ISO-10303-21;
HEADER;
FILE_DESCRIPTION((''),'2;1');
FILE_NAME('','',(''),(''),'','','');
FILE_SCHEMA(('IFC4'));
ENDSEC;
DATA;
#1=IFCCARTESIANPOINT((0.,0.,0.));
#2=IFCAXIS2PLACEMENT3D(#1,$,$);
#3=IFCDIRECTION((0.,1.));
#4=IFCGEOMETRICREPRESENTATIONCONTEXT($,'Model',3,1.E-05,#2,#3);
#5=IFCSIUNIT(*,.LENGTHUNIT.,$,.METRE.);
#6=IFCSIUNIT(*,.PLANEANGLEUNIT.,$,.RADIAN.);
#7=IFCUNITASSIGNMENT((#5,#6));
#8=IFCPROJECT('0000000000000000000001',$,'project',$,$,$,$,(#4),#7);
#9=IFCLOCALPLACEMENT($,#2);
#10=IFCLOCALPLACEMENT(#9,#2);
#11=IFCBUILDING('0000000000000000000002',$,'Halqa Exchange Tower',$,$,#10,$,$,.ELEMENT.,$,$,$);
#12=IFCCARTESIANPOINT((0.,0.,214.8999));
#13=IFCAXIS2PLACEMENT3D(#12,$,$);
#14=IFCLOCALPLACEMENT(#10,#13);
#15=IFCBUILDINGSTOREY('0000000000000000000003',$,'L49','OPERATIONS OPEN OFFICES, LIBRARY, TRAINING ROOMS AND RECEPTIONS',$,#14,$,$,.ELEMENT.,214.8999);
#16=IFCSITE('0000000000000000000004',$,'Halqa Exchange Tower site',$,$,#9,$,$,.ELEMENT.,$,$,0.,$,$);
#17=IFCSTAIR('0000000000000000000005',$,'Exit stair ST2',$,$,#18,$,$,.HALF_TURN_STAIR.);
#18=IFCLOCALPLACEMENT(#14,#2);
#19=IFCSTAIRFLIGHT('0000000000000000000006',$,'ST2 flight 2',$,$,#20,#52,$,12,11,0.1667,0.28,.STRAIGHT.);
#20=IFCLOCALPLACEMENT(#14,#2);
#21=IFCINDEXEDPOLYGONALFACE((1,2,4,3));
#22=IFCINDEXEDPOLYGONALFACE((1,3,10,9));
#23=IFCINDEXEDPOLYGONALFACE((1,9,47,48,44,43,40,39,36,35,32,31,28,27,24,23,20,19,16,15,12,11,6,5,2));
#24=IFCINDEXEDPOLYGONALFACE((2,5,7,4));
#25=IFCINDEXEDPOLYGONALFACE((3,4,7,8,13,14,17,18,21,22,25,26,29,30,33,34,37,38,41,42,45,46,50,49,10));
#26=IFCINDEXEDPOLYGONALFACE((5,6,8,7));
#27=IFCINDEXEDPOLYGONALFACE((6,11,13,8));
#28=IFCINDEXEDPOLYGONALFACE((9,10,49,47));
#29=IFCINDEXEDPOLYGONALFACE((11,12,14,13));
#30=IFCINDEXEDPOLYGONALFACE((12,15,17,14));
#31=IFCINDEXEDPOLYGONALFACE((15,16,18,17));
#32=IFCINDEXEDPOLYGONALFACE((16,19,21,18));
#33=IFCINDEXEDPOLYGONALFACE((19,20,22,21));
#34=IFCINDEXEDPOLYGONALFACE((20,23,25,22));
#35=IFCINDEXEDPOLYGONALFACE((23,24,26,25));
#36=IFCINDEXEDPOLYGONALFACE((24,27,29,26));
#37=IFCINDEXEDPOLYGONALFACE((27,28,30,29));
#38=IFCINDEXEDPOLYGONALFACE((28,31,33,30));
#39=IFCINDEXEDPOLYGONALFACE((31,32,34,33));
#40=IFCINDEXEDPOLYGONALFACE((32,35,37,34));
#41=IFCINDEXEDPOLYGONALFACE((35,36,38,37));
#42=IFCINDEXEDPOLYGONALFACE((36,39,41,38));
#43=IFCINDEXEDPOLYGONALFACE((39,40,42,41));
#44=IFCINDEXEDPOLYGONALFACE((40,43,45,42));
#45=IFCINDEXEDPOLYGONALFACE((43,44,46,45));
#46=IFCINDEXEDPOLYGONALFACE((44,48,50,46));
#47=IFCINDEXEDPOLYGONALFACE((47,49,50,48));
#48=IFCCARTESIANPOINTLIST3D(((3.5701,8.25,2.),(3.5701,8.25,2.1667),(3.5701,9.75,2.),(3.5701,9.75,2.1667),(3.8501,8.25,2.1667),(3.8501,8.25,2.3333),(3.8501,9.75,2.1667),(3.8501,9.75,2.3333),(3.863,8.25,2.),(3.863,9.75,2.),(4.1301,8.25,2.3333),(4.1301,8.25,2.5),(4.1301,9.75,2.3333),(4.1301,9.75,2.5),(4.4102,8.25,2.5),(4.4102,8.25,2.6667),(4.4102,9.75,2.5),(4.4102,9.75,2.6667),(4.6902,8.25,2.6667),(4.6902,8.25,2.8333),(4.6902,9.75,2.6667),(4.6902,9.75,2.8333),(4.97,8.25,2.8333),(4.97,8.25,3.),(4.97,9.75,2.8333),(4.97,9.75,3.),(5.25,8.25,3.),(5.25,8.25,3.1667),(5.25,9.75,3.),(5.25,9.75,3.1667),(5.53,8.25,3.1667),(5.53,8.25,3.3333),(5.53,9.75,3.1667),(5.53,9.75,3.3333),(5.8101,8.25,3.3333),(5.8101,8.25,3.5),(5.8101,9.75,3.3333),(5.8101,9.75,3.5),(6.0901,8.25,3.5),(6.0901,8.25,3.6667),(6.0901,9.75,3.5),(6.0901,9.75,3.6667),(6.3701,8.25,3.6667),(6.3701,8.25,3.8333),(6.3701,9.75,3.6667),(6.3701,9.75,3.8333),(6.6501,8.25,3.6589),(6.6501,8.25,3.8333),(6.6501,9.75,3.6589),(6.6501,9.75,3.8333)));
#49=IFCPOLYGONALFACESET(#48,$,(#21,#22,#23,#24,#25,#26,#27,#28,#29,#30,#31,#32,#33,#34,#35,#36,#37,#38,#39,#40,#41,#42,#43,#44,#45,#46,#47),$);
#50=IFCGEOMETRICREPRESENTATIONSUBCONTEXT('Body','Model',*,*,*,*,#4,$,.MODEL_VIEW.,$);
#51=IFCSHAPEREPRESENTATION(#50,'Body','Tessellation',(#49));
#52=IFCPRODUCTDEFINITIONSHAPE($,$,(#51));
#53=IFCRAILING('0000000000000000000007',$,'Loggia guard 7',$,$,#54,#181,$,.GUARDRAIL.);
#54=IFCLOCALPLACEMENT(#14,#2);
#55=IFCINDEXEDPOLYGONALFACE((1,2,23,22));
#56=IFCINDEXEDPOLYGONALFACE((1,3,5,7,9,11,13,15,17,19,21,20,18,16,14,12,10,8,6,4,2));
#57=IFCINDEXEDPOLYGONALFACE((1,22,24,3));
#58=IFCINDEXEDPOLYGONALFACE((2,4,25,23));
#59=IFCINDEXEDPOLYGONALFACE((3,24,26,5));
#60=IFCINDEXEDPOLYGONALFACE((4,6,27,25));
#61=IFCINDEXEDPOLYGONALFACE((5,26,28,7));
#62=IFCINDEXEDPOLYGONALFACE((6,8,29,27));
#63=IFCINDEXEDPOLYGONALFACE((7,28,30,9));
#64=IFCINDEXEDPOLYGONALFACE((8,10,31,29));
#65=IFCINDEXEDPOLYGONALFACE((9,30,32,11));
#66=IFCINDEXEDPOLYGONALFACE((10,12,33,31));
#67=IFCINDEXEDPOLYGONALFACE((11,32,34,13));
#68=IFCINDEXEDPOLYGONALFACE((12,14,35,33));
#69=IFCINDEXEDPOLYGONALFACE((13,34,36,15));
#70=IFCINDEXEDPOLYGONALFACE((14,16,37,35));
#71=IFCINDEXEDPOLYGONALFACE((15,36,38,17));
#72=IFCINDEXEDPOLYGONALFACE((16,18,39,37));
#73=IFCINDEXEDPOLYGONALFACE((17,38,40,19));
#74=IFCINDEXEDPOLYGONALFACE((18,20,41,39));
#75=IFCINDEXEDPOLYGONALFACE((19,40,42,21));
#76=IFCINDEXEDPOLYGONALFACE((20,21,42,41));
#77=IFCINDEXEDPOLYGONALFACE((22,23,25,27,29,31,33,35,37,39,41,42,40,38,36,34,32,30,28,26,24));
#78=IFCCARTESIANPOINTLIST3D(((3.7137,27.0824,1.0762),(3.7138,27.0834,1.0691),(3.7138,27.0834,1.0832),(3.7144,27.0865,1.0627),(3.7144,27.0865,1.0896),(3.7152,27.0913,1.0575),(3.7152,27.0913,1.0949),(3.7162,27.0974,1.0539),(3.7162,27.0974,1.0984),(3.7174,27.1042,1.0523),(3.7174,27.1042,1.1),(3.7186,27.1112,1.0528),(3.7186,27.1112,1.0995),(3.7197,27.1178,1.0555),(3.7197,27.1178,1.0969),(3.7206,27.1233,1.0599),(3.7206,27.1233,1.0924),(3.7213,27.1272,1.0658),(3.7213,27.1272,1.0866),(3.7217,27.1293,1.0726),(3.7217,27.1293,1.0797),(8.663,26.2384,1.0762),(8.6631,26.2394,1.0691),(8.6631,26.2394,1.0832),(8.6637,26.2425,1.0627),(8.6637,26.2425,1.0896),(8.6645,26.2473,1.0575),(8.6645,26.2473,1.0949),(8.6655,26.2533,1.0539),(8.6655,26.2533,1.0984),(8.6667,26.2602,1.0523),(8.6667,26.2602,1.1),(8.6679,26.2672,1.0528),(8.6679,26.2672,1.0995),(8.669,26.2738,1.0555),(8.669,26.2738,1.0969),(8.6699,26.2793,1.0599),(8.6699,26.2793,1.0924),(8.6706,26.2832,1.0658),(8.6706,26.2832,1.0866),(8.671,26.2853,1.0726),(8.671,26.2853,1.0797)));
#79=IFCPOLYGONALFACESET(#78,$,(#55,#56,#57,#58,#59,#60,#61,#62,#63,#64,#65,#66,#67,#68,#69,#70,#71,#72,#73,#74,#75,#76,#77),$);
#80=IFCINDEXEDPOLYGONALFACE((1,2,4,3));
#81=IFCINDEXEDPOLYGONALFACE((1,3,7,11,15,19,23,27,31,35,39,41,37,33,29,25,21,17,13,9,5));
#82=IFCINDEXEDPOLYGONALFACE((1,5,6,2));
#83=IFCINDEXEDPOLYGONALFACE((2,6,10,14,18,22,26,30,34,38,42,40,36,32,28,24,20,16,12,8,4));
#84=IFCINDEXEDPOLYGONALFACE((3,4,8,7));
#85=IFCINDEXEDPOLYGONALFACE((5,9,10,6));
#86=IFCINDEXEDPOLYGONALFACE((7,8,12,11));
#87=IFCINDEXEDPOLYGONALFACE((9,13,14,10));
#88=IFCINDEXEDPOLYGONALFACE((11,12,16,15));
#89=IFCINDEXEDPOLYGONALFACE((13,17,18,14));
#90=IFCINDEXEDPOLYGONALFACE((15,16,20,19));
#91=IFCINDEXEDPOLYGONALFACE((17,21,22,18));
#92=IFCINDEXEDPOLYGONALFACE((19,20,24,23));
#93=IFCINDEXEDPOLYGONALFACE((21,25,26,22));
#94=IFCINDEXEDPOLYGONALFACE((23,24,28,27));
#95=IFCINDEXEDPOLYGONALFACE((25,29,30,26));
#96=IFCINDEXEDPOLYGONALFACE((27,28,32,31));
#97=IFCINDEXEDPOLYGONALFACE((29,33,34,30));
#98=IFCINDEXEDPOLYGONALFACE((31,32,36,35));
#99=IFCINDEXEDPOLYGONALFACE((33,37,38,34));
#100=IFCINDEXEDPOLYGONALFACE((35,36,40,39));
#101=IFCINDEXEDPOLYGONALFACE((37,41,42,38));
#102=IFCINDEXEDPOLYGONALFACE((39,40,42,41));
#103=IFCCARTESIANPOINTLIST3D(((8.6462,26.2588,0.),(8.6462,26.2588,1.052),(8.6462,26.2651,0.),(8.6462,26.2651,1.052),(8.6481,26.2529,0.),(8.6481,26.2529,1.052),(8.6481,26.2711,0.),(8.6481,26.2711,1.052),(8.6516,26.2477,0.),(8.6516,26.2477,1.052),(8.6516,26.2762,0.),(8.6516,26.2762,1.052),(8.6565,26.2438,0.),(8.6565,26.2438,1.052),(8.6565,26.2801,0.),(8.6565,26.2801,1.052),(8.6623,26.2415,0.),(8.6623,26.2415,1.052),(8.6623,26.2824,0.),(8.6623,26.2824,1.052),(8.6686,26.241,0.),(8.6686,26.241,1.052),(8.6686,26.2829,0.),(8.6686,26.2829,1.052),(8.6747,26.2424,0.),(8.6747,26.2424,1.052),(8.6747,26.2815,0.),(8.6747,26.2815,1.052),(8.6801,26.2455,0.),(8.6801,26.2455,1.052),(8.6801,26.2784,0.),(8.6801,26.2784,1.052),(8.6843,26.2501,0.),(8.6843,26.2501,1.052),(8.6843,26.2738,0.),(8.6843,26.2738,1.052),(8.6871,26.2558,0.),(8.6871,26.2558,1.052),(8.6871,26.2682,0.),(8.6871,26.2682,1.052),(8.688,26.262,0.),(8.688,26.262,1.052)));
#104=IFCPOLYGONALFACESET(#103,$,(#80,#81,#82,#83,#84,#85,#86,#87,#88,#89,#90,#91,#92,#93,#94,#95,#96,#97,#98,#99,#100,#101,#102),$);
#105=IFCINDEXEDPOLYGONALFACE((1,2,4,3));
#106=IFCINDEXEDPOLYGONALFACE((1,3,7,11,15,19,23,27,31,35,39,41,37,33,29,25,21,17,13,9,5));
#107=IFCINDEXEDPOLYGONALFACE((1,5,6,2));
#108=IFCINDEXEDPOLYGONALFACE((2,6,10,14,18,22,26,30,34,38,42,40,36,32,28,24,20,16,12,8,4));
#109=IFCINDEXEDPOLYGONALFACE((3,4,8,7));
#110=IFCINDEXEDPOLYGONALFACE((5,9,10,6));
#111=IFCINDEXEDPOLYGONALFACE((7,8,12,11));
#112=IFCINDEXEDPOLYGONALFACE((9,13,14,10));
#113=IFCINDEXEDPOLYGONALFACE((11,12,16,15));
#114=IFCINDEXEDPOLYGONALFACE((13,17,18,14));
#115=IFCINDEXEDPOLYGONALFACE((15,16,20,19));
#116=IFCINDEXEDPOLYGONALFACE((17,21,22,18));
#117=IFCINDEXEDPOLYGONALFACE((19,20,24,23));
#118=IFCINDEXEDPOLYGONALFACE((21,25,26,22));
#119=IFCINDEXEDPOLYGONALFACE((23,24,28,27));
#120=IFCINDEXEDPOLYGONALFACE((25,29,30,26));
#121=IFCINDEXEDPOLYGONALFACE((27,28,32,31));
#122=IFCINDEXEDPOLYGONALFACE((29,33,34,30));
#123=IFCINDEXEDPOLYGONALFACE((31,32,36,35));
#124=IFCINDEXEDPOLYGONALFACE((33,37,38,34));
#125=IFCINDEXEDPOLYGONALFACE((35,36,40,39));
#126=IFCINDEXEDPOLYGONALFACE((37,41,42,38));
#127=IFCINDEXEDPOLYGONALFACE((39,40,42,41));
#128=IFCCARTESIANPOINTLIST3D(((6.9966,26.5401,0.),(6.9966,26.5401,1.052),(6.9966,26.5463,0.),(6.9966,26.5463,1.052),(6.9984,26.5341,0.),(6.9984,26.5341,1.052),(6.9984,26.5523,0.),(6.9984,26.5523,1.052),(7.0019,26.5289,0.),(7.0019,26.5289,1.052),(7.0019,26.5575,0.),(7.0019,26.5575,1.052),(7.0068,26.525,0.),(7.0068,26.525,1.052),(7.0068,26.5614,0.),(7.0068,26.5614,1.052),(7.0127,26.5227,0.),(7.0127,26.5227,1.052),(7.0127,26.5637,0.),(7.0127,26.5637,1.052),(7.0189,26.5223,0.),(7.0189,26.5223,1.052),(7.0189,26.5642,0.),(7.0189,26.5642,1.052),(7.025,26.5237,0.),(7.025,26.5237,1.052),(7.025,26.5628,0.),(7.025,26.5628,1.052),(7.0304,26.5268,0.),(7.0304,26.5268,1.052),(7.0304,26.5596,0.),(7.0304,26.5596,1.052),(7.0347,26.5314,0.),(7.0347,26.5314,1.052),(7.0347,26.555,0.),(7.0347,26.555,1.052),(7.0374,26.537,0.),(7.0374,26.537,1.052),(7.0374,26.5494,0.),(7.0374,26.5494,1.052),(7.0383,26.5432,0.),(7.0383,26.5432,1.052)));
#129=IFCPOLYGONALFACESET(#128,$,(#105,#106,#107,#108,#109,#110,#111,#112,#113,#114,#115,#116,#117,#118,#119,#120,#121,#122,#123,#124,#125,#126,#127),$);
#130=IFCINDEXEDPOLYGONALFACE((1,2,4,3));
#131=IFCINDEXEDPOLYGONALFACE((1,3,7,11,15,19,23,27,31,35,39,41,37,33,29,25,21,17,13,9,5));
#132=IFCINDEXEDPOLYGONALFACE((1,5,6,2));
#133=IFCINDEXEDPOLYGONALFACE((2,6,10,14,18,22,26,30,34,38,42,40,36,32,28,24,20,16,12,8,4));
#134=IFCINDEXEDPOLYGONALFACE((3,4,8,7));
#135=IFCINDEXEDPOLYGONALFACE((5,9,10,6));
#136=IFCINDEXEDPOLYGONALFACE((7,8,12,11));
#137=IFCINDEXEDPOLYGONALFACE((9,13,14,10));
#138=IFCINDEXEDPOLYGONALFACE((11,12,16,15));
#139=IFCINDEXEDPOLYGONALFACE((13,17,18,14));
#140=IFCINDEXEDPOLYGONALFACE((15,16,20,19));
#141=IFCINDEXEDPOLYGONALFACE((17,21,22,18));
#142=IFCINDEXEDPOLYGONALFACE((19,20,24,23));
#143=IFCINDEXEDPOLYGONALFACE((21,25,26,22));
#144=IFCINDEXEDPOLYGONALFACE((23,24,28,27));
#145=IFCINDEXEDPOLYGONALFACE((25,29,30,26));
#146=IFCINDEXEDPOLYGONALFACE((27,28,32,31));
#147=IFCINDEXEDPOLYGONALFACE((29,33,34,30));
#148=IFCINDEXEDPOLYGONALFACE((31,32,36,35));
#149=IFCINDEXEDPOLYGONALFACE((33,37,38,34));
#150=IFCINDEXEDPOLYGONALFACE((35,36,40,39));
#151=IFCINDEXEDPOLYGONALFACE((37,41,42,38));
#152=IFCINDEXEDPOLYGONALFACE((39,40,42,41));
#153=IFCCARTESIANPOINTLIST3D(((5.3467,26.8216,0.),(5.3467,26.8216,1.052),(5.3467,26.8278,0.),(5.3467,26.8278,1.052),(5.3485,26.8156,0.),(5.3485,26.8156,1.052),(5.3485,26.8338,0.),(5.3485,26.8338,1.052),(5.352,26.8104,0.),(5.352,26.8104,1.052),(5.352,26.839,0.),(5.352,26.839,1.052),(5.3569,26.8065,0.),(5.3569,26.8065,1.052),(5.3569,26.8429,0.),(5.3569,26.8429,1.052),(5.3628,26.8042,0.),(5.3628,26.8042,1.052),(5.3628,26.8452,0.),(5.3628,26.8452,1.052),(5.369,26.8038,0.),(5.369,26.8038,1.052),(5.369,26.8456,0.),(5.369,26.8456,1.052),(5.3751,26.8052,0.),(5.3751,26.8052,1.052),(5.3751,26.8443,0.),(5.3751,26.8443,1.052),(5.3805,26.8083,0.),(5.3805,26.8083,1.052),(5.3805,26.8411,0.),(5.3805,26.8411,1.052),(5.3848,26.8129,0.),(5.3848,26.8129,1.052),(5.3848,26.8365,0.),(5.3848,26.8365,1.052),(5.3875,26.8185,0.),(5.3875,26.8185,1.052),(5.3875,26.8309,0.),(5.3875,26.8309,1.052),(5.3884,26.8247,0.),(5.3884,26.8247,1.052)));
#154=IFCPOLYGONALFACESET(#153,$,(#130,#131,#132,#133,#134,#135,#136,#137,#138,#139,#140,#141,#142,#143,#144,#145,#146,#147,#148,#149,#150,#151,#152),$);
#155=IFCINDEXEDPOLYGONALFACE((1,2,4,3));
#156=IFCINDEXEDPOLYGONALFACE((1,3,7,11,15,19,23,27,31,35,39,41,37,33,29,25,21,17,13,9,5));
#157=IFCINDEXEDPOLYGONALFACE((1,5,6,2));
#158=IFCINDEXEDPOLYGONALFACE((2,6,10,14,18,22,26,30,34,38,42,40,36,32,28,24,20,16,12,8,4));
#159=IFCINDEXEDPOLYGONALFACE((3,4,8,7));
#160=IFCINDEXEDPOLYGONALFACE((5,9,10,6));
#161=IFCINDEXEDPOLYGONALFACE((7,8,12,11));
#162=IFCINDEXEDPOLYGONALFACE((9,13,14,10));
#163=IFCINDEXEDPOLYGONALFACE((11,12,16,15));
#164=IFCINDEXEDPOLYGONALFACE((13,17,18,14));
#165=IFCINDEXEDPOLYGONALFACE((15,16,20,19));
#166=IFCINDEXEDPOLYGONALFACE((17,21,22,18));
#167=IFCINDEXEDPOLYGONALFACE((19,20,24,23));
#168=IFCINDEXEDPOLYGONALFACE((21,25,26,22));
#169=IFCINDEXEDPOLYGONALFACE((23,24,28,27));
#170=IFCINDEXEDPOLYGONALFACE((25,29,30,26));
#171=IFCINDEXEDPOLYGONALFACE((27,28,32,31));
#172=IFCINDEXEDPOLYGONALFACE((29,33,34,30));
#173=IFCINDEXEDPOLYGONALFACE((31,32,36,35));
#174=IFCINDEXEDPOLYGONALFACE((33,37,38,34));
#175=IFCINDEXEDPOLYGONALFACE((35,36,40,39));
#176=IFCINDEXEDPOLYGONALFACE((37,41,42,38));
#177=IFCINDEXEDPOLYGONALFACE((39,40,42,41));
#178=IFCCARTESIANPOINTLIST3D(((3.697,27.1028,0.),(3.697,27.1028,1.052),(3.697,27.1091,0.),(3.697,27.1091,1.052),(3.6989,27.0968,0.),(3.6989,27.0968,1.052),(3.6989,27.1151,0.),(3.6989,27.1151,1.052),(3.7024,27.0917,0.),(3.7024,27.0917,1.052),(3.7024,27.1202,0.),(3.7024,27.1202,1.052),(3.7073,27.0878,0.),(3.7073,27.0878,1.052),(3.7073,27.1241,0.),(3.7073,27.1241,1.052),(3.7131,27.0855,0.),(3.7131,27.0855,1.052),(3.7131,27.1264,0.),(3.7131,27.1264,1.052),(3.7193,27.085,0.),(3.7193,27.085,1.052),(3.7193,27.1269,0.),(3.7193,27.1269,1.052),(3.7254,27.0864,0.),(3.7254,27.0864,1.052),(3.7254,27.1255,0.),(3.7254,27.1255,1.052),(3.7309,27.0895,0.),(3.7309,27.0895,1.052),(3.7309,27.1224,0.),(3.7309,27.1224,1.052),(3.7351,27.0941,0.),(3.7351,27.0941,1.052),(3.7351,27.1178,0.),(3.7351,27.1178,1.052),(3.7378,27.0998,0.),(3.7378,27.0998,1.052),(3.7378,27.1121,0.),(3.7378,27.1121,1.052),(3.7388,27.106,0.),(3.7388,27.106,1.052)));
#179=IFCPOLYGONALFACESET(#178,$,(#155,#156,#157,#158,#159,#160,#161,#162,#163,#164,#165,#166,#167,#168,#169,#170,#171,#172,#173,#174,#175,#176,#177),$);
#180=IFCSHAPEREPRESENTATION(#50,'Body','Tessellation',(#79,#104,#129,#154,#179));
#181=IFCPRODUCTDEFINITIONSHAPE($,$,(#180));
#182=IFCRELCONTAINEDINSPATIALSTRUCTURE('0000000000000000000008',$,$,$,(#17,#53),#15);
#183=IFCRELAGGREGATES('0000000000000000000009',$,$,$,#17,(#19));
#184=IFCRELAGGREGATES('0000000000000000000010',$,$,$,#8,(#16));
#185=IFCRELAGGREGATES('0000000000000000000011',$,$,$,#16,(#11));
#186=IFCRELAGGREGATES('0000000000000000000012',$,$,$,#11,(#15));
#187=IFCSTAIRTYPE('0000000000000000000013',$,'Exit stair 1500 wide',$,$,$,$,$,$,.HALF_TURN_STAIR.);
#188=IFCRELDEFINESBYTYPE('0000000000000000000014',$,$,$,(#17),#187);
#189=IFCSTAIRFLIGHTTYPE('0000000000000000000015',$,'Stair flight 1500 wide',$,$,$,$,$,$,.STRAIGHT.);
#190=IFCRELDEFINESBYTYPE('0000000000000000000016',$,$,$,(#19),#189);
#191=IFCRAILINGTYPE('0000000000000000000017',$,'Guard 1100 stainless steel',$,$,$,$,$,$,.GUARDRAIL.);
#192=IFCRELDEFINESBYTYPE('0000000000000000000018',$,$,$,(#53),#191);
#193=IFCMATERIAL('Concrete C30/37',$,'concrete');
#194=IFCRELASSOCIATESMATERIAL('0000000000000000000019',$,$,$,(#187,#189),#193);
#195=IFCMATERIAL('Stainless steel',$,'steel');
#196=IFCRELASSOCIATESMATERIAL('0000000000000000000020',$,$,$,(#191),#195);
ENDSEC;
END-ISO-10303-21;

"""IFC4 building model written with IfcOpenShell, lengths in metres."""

from ifc_helpers import new_model, si_unit, direction, frame, origin, origin_2d, place, context, subcontext, project, spatial, polyline, circle, outline, extrude, material, type_object, element, aggregate, save


model = new_model("IFC4")

# Units and contexts
model_context = context("Model", 3, precision=1e-05, world=origin(), true_north=direction((0.0, 1.0)))
body_context = subcontext(model_context, "Body", "Model", "MODEL_VIEW")
ifc_project = project(units=[si_unit("LENGTHUNIT", "METRE"), si_unit("PLANEANGLEUNIT", "RADIAN")], contexts=[model_context])

# Site, building, storey
site_placement = place(None, origin())
site = spatial("IfcSite", under=ifc_project, at=site_placement, Name="Halqa Exchange Tower site", CompositionType="ELEMENT", RefElevation=0.0)
building_placement = place(site_placement, origin())
building = spatial("IfcBuilding", under=site, at=building_placement, Name="Halqa Exchange Tower", CompositionType="ELEMENT")
storey_placement = place(building_placement, frame((0.0, 0.0, 214.8999)))
storey = spatial("IfcBuildingStorey", under=building, at=storey_placement, Name="L49", Description="OPERATIONS OPEN OFFICES, LIBRARY, TRAINING ROOMS AND RECEPTIONS", CompositionType="ELEMENT", Elevation=214.8999)

# Shared definitions
ifc_material_1 = material(Name="Concrete C30/37", Category="concrete")

# Stair, stair flight
stair_type = type_object("IfcStairType", Name="Exit stair 1500 wide", PredefinedType="HALF_TURN_STAIR", material=ifc_material_1)
stair_placement = place(storey_placement, origin())
stair = element("IfcStair", 1, at=stair_placement, inside=storey, type_object=stair_type, Name="Exit stair ST2", PredefinedType="HALF_TURN_STAIR")
stair_flight_type = type_object("IfcStairFlightType", Name="Stair flight 1500 wide", PredefinedType="STRAIGHT", material=ifc_material_1)
stair_flight_1_placement = place(storey_placement, frame((3.5701, 9.0, 2.0), z_axis=(0.0, 0.0, 1.0), x_axis=(1.0, 0.0, 0.0)))
stair_flight_1 = element("IfcStairFlight", 2, at=stair_flight_1_placement, type_object=stair_flight_type, Name="ST2 flight 2", NumberOfRisers=12, NumberOfTreads=11, PredefinedType="STRAIGHT", RiserHeight=0.1667, TreadLength=0.28, context=body_context, shape_type="SweptSolid", body=[
    extrude(outline(polyline([(0.0, 0.0), (0.0, 0.1667), (0.28, 0.1667), (0.28, 0.3333), (0.5601, 0.3333), (0.5601, 0.5), (0.8401, 0.5), (0.8401, 0.6667), (1.1201, 0.6667), (1.1201, 0.8333), (1.3999, 0.8333), (1.3999, 1.0), (1.6799, 1.0), (1.6799, 1.1667), (1.96, 1.1667), (1.96, 1.3333), (2.24, 1.3333), (2.24, 1.5), (2.52, 1.5), (2.52, 1.6667), (2.8, 1.6667), (2.8, 1.8333), (3.0801, 1.8333), (3.0801, 2.0), (3.0801, 1.6589), (0.293, 0.0), (0.0, 0.0)])), frame((0.0, 0.75, 0.0), z_axis=(0.0, -1.0, 0.0), x_axis=(1.0, 0.0, 0.0)), (0.0, 0.0, 1.0), 1.5),
])
aggregate(stair, [stair_flight_1])

# Railing
ifc_material_2 = material(Name="Stainless steel", Category="steel")
railing_type_1 = type_object("IfcRailingType", Name="Guard 1100 stainless steel", PredefinedType="GUARDRAIL", material=ifc_material_2)
railing_1_placement = place(storey_placement, frame((8.667, 26.262, 0.0)))
element("IfcRailing", 3, at=railing_1_placement, inside=storey, type_object=railing_type_1, Name="Loggia guard 7", PredefinedType="GUARDRAIL", context=body_context, shape_type="SweptSolid", body=[
    extrude(circle(Radius=0.0239, at=origin_2d()), frame((0.0, 0.0, 1.0762), z_axis=(-0.985769, 0.168104, 0.0), x_axis=(-0.168104, -0.985769, 0.0)), (0.0, 0.0, 1.0), 5.0208),
    extrude(circle(Radius=0.021, at=origin_2d()), origin(), (0.0, 0.0, 1.0), 1.052),
    extrude(circle(Radius=0.021, at=origin_2d()), frame((-1.6497, 0.2812, 0.0)), (0.0, 0.0, 1.0), 1.052),
    extrude(circle(Radius=0.021, at=origin_2d()), frame((-3.2996, 0.5627, 0.0)), (0.0, 0.0, 1.0), 1.052),
    extrude(circle(Radius=0.021, at=origin_2d()), frame((-4.9492, 0.844, 0.0)), (0.0, 0.0, 1.0), 1.052),
])

save(model, "model.ifc")
